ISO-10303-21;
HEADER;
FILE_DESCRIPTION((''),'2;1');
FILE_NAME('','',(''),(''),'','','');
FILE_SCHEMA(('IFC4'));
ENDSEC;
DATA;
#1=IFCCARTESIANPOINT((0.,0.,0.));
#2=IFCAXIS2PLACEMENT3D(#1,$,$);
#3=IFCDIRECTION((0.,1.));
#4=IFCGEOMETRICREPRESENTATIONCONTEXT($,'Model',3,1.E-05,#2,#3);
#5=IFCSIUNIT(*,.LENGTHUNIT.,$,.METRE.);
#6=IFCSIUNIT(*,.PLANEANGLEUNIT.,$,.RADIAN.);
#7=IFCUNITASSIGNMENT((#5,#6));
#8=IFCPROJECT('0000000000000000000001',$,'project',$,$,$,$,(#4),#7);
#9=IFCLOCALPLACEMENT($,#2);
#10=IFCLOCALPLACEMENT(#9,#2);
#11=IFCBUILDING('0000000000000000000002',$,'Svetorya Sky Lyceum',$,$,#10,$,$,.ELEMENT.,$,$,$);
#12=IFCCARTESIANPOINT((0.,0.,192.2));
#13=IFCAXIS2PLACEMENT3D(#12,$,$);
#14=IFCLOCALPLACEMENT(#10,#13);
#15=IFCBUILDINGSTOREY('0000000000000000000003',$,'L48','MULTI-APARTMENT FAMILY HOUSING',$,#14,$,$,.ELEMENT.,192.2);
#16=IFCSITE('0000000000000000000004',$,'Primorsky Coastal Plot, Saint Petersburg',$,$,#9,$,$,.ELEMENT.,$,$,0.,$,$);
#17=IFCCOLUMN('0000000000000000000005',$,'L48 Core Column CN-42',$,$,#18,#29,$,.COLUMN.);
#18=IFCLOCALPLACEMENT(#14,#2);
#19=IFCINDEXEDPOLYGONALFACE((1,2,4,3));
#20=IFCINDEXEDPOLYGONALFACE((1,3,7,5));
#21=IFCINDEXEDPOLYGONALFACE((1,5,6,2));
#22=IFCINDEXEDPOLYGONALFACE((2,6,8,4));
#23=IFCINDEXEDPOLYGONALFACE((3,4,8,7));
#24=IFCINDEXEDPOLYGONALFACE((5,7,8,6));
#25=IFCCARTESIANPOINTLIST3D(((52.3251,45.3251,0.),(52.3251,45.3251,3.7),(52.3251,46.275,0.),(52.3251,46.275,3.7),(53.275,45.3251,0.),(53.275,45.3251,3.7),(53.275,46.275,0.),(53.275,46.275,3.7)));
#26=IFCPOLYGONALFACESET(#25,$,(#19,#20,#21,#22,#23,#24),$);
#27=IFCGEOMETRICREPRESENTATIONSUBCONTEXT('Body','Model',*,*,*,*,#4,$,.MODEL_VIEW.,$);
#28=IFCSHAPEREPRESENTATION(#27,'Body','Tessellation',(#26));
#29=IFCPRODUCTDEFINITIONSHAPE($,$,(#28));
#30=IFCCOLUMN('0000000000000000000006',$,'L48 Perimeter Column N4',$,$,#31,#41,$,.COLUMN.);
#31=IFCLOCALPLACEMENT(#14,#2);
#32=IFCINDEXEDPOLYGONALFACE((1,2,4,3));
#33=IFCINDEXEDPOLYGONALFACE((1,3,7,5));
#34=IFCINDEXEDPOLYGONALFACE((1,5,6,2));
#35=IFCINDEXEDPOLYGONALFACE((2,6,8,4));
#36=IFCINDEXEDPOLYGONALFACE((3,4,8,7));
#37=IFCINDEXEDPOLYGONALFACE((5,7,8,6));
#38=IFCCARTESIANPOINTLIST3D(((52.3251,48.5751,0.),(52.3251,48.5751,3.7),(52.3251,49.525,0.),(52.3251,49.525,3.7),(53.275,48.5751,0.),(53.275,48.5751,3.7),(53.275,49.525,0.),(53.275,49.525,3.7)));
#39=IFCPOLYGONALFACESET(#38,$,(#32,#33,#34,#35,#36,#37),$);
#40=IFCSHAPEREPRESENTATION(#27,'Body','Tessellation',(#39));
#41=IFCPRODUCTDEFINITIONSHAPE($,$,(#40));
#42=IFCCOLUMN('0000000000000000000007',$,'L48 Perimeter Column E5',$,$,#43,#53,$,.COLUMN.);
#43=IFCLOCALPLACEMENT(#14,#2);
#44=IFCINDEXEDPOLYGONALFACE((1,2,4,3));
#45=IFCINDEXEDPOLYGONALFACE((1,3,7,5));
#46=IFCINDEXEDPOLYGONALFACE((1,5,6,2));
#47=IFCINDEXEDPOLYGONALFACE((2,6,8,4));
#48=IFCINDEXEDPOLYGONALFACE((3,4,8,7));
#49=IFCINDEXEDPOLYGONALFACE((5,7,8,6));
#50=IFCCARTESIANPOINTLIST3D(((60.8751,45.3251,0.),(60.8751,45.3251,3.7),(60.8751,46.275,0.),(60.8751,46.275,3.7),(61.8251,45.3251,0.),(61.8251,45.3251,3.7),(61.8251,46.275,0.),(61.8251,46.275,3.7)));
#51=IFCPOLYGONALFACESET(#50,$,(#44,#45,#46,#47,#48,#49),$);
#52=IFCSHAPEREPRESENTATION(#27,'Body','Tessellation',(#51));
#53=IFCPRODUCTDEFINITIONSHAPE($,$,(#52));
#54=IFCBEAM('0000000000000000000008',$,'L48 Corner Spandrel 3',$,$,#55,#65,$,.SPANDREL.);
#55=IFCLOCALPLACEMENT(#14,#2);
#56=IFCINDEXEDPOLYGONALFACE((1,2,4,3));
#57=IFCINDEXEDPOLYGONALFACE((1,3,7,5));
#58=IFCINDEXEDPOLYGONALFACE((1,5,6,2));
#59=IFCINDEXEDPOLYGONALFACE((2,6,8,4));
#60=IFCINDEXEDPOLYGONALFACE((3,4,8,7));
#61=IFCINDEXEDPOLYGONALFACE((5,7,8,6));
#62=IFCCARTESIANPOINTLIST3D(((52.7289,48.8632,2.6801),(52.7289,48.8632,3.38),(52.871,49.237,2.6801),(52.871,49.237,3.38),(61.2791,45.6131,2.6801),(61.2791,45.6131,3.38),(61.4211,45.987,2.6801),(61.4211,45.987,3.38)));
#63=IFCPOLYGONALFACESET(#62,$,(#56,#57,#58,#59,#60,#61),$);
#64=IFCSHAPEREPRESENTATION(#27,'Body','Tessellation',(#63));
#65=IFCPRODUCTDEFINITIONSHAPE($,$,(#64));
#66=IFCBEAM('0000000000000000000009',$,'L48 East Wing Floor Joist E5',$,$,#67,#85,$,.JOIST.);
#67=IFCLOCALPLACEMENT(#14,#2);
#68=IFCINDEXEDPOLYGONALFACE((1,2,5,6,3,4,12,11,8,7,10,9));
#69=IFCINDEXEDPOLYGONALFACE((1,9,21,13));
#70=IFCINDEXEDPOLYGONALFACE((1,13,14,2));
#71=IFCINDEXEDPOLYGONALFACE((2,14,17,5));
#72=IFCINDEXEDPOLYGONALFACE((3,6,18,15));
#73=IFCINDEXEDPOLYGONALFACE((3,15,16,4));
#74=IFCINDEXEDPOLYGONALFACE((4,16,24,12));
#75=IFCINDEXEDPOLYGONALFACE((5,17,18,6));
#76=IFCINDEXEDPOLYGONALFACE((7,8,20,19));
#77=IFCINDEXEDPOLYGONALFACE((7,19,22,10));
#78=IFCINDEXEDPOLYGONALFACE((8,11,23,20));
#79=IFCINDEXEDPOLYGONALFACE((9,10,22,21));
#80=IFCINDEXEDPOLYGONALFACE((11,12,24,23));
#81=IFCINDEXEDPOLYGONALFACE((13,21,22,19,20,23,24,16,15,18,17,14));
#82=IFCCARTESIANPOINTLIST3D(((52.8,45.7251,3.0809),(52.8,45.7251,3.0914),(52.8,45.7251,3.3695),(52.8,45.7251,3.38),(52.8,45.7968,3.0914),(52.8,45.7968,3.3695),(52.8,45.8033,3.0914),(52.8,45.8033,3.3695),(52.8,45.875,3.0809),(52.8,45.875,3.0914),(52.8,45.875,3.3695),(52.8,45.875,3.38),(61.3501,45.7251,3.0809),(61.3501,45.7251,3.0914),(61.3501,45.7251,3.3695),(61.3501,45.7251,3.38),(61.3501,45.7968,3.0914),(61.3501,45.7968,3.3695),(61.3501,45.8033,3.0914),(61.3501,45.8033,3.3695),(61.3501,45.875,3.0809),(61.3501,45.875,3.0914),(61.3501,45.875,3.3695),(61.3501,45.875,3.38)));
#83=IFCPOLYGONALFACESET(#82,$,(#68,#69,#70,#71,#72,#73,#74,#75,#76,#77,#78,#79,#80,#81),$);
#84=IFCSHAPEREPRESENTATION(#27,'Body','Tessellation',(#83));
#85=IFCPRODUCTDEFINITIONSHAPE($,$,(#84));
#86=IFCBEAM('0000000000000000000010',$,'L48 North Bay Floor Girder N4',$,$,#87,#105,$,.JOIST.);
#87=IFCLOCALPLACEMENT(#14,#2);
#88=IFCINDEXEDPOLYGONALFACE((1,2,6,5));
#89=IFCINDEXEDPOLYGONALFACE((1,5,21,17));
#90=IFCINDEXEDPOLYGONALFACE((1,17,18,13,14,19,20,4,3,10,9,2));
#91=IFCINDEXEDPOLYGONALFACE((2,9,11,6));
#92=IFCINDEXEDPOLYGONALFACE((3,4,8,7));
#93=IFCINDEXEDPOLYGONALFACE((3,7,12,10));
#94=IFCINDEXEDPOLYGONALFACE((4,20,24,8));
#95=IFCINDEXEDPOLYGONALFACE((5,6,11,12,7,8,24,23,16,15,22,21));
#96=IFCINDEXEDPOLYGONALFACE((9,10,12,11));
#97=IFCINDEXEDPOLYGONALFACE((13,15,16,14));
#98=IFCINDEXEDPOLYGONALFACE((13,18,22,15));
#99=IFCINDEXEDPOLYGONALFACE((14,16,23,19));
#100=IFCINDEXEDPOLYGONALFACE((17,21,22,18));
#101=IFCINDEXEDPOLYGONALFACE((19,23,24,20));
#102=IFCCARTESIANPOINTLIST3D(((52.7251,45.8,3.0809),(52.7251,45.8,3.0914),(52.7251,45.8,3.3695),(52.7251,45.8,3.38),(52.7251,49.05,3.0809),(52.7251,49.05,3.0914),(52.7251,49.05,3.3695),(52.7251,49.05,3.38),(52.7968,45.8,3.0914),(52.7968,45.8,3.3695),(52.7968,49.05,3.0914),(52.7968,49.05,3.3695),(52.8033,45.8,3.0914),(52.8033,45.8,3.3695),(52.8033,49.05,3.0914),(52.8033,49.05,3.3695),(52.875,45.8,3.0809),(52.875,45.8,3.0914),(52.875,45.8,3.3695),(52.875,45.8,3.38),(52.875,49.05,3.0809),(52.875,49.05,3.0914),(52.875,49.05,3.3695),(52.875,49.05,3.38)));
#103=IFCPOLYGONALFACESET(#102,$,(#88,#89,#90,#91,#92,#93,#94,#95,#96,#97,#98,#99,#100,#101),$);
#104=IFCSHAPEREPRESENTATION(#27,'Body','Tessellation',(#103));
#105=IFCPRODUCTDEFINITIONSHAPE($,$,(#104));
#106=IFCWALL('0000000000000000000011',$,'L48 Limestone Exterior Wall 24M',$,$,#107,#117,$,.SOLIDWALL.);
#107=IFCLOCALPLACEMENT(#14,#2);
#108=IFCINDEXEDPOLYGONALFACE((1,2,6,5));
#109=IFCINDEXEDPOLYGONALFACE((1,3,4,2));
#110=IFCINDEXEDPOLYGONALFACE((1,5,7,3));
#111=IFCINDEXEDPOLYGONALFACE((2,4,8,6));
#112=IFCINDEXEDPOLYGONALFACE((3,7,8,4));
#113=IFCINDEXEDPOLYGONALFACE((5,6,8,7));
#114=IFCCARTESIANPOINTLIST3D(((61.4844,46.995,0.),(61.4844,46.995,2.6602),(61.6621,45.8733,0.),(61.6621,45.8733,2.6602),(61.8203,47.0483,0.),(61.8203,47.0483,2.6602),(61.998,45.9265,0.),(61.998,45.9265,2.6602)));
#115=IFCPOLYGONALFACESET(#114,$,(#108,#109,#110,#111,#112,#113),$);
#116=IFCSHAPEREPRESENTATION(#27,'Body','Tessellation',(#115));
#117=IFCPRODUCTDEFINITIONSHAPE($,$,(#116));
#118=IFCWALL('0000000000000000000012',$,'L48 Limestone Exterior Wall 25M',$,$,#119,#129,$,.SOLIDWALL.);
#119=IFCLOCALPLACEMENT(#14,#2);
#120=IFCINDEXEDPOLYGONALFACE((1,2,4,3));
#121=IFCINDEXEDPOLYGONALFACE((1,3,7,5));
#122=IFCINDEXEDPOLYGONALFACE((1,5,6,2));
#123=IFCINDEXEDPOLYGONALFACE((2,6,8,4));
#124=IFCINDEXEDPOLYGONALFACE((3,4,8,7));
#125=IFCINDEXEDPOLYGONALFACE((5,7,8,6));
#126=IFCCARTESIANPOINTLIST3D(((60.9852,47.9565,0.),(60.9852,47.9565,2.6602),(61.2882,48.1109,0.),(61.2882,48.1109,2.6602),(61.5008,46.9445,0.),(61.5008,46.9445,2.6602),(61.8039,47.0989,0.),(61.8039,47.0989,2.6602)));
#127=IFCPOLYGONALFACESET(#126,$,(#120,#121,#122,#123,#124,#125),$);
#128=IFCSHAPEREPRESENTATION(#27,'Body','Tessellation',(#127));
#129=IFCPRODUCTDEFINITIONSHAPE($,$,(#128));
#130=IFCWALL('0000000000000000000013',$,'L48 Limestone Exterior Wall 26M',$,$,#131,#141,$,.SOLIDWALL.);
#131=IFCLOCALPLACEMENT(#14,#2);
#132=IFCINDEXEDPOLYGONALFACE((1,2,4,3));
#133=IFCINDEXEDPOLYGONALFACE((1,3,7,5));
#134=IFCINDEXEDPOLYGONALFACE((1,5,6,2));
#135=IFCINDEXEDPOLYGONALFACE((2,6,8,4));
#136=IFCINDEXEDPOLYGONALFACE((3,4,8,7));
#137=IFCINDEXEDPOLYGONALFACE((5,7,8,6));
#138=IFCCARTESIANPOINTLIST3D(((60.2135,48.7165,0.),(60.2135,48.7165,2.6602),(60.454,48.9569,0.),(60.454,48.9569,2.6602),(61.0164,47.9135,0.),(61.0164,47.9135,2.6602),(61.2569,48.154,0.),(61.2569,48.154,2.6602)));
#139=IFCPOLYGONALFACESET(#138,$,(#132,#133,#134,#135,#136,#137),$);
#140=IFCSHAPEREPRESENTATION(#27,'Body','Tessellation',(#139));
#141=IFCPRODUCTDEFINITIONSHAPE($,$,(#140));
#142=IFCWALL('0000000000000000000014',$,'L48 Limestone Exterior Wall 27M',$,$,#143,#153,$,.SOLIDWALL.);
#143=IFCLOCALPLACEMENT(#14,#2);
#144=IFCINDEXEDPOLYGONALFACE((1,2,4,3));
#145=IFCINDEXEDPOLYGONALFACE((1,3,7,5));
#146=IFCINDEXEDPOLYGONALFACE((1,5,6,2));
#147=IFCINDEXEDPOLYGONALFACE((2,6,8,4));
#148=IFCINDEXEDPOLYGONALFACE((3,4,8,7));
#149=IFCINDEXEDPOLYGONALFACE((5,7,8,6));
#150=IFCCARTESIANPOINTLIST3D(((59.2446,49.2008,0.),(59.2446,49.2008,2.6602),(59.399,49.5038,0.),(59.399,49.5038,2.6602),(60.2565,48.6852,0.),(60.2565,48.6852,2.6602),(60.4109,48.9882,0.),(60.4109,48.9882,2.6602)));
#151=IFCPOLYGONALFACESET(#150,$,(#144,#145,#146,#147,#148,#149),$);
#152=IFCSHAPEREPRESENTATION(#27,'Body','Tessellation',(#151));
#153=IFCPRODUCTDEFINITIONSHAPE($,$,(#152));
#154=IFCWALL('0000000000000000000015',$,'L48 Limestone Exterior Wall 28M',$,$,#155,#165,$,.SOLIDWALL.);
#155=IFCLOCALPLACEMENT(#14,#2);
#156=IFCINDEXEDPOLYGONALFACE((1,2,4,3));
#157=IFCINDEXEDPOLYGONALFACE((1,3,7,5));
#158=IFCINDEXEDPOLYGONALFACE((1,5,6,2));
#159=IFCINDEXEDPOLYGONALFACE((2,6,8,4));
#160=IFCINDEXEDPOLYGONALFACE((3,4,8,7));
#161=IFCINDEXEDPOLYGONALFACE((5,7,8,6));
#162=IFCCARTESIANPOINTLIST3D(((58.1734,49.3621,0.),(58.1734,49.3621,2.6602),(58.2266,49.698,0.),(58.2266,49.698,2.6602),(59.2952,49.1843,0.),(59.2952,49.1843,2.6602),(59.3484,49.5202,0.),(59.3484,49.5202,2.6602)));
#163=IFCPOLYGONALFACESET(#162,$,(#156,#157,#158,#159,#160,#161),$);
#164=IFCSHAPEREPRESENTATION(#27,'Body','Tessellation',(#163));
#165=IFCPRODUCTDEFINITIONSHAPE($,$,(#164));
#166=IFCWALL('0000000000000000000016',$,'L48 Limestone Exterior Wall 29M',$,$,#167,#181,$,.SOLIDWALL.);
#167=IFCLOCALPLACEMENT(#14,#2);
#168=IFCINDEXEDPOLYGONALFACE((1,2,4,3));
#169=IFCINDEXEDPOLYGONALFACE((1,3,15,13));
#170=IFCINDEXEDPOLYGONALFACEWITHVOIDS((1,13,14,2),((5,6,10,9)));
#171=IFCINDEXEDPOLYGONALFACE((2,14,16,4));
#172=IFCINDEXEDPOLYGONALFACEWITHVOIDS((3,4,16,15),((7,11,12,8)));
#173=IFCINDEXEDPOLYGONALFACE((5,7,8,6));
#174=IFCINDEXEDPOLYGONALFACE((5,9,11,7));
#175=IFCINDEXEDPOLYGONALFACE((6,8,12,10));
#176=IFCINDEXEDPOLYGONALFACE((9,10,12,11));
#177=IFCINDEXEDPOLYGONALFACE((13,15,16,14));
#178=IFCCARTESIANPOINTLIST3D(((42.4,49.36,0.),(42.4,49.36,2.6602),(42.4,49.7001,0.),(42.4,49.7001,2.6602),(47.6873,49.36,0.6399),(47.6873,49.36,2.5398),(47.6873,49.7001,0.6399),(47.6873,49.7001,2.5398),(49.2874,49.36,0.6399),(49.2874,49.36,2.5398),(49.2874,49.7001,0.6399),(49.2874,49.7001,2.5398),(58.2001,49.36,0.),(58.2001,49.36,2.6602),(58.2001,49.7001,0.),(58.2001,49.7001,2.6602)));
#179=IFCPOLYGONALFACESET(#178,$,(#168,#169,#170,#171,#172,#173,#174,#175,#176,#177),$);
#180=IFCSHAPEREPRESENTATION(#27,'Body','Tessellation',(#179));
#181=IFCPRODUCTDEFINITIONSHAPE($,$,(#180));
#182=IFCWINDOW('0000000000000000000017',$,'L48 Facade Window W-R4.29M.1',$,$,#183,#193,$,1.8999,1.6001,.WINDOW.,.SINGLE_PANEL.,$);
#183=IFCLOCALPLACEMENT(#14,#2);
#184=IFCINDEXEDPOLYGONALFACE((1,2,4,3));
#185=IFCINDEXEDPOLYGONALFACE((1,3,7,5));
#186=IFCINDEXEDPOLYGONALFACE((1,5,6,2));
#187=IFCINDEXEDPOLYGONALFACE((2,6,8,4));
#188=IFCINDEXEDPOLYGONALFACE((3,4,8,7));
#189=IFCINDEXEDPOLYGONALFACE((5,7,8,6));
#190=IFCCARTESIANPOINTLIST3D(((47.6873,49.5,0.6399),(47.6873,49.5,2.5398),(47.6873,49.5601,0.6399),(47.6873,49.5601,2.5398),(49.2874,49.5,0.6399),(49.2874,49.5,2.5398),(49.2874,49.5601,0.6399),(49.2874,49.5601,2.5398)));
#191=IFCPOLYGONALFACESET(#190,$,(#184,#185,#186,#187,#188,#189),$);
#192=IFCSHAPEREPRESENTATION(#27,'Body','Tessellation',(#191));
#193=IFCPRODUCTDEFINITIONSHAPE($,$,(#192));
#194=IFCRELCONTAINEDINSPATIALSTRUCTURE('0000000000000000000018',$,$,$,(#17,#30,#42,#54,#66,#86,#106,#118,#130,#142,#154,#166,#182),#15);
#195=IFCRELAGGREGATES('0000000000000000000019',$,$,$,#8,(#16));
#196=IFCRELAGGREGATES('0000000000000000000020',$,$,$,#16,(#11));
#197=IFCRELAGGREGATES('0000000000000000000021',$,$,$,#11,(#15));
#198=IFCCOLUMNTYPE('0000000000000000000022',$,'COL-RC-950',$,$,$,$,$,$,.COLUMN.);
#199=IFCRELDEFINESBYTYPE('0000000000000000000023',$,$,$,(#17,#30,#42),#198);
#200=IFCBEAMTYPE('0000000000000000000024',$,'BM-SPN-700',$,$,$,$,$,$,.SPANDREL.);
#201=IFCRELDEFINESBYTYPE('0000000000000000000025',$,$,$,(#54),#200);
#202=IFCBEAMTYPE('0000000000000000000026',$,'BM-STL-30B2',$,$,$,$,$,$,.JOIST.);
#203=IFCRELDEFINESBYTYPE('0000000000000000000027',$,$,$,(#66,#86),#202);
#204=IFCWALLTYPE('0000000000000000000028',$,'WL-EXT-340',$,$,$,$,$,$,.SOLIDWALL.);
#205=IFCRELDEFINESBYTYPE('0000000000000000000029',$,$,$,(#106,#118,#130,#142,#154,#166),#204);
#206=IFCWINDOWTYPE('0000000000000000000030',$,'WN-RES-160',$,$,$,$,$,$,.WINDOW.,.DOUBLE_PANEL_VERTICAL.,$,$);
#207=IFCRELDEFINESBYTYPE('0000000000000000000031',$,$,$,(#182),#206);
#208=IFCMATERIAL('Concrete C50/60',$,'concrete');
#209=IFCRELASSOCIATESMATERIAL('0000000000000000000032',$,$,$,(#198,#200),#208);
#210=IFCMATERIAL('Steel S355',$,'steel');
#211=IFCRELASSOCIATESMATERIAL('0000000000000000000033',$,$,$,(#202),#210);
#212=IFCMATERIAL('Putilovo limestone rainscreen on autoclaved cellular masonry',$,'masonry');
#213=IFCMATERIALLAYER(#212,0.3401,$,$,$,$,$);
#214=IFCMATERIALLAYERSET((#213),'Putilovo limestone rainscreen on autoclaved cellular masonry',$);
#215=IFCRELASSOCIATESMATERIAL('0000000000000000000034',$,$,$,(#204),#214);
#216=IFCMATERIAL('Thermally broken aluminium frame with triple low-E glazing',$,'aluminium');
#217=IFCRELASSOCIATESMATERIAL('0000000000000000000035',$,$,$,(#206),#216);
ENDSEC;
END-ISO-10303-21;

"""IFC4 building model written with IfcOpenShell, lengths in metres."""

from ifc_helpers import new_model, si_unit, direction, frame, frame_2d, origin, origin_2d, place, context, subcontext, project, spatial, rectangle, i_section, extrude, material, layer, layer_set, material_profile, profile_set, type_object, element, fill, save


model = new_model("IFC4")

# Units and contexts
model_context = context("Model", 3, precision=1e-05, world=origin(), true_north=direction((0.0, 1.0)))
body_context = subcontext(model_context, "Body", "Model", "MODEL_VIEW")
ifc_project = project(units=[si_unit("LENGTHUNIT", "METRE"), si_unit("PLANEANGLEUNIT", "RADIAN")], contexts=[model_context])

# Site, building, storey
site_placement = place(None, origin())
site = spatial("IfcSite", under=ifc_project, at=site_placement, Name="Primorsky Coastal Plot, Saint Petersburg", CompositionType="ELEMENT", RefElevation=0.0)
building_placement = place(site_placement, origin())
building = spatial("IfcBuilding", under=site, at=building_placement, Name="Svetorya Sky Lyceum", CompositionType="ELEMENT")
storey_placement = place(building_placement, frame((0.0, 0.0, 192.2)))
storey = spatial("IfcBuildingStorey", under=building, at=storey_placement, Name="L48", Description="MULTI-APARTMENT FAMILY HOUSING", CompositionType="ELEMENT", Elevation=192.2)

# Columns
ifc_material_1 = material(Name="Concrete C50/60", Category="concrete")
ifc_material_profile_1 = material_profile(ifc_material_1, rectangle(XDim=0.95, YDim=0.95, at=origin_2d()), Name="RC COL 950x950")
ifc_profile_set_1 = profile_set([ifc_material_profile_1], Name="Concrete C50/60")
column_type = type_object("IfcColumnType", Name="COL-RC-950", PredefinedType="COLUMN", material=ifc_profile_set_1)
for number, where, z_axis, x_axis, name in (
    (1, (52.8, 45.8, 0.0), (0.0, 0.0, 1.0), (1.0, 0.0, 0.0), "L48 Core Column CN-42"),
    (2, (52.8, 49.05, 0.0), (0.0, 0.0, 1.0), (1.0, 0.0, 0.0), "L48 Perimeter Column N4"),
    (3, (61.3501, 45.8, 0.0), (0.0, 0.0, 1.0), (1.0, 0.0, 0.0), "L48 Perimeter Column E5"),
):
    element("IfcColumn", number, at=place(storey_placement, frame(where, z_axis=z_axis, x_axis=x_axis)), inside=storey, type_object=column_type, Name=name, PredefinedType="COLUMN", context=body_context, shape_type="SweptSolid", body=[
        extrude(rectangle(XDim=0.95, YDim=0.95, at=origin_2d()), origin(), (0.0, 0.0, 1.0), 3.7),
    ])

# Beams
ifc_material_profile_2 = material_profile(ifc_material_1, rectangle(XDim=0.3999, YDim=0.7, at=origin_2d()), Name="RC SPANDREL 400x700")
ifc_profile_set_2 = profile_set([ifc_material_profile_2], Name="Concrete C50/60")
beam_type_1 = type_object("IfcBeamType", Name="BM-SPN-700", PredefinedType="SPANDREL", material=ifc_profile_set_2)
beam_1_placement = place(storey_placement, frame((61.3501, 45.8, 3.03), z_axis=(-0.934748, 0.355312, 0.0), x_axis=(-0.355312, -0.934748, 0.0)))
element("IfcBeam", 4, at=beam_1_placement, inside=storey, type_object=beam_type_1, Name="L48 Corner Spandrel 3", PredefinedType="SPANDREL", context=body_context, shape_type="SweptSolid", body=[
    extrude(rectangle(XDim=0.3999, YDim=0.7, at=origin_2d()), origin(), (0.0, 0.0, 1.0), 9.147),
])
ifc_material_2 = material(Name="Steel S355", Category="steel")
ifc_material_profile_3 = material_profile(ifc_material_2, i_section(OverallWidth=0.1499, OverallDepth=0.2991, WebThickness=0.0066, FlangeThickness=0.0105, at=origin_2d()), Name="GOST 30B2")
ifc_profile_set_3 = profile_set([ifc_material_profile_3], Name="Steel S355")
beam_type_2 = type_object("IfcBeamType", Name="BM-STL-30B2", PredefinedType="JOIST", material=ifc_profile_set_3)
beam_2_placement = place(storey_placement, frame((52.8, 45.8, 3.2305), z_axis=(1.0, 0.0, 0.0), x_axis=(0.0, 1.0, 0.0)))
element("IfcBeam", 5, at=beam_2_placement, inside=storey, type_object=beam_type_2, Name="L48 East Wing Floor Joist E5", PredefinedType="JOIST", context=body_context, shape_type="SweptSolid", body=[
    extrude(i_section(OverallWidth=0.1499, OverallDepth=0.2991, WebThickness=0.0066, FlangeThickness=0.0105, at=origin_2d()), origin(), (0.0, 0.0, 1.0), 8.55),
])
beam_3_placement = place(storey_placement, frame((52.8, 45.8, 3.2305), z_axis=(0.0, 1.0, 0.0), x_axis=(-1.0, 0.0, 0.0)))
element("IfcBeam", 6, at=beam_3_placement, inside=storey, type_object=beam_type_2, Name="L48 North Bay Floor Girder N4", PredefinedType="JOIST", context=body_context, shape_type="SweptSolid", body=[
    extrude(i_section(OverallWidth=0.1499, OverallDepth=0.2991, WebThickness=0.0066, FlangeThickness=0.0105, at=origin_2d()), origin(), (0.0, 0.0, 1.0), 3.25),
])

# Walls
ifc_material_3 = material(Name="Putilovo limestone rainscreen on autoclaved cellular masonry", Category="masonry")
ifc_layer_1 = layer(ifc_material_3, 0.3401)
ifc_layer_set_1 = layer_set([ifc_layer_1], Name="Putilovo limestone rainscreen on autoclaved cellular masonry")
wall_type_1 = type_object("IfcWallType", Name="WL-EXT-340", PredefinedType="SOLIDWALL", material=ifc_layer_set_1)
for number, where, z_axis, x_axis, name in (
    (7, (61.8301, 45.8999, 0.0), (0.0, 0.0, 1.0), (-0.156481, 0.987681, 0.0), "L48 Limestone Exterior Wall 24M"),
    (8, (61.6523, 47.0217, 0.0), (0.0, 0.0, 1.0), (-0.453993, 0.891005, 0.0), "L48 Limestone Exterior Wall 25M"),
):
    element("IfcWall", number, at=place(storey_placement, frame(where, z_axis=z_axis, x_axis=x_axis)), inside=storey, type_object=wall_type_1, Name=name, PredefinedType="SOLIDWALL", context=body_context, shape_type="SweptSolid", body=[
        extrude(rectangle(XDim=1.1357, YDim=0.3401, at=frame_2d((0.5679, 0.0))), origin(), (0.0, 0.0, 1.0), 2.6602),
    ])
wall_1_placement = place(storey_placement, frame((61.1367, 48.0337, 0.0), z_axis=(0.0, 0.0, 1.0), x_axis=(-0.707107, 0.707107, 0.0)))
element("IfcWall", 9, at=wall_1_placement, inside=storey, type_object=wall_type_1, Name="L48 Limestone Exterior Wall 26M", PredefinedType="SOLIDWALL", context=body_context, shape_type="SweptSolid", body=[
    extrude(rectangle(XDim=1.1355, YDim=0.3401, at=frame_2d((0.5679, 0.0))), origin(), (0.0, 0.0, 1.0), 2.6602),
])
for number, where, z_axis, x_axis, name in (
    (10, (60.3337, 48.8367, 0.0), (0.0, 0.0, 1.0), (-0.891005, 0.453993, 0.0), "L48 Limestone Exterior Wall 27M"),
    (11, (59.3218, 49.3523, 0.0), (0.0, 0.0, 1.0), (-0.987681, 0.156481, 0.0), "L48 Limestone Exterior Wall 28M"),
):
    element("IfcWall", number, at=place(storey_placement, frame(where, z_axis=z_axis, x_axis=x_axis)), inside=storey, type_object=wall_type_1, Name=name, PredefinedType="SOLIDWALL", context=body_context, shape_type="SweptSolid", body=[
        extrude(rectangle(XDim=1.1357, YDim=0.3401, at=frame_2d((0.5679, 0.0))), origin(), (0.0, 0.0, 1.0), 2.6602),
    ])

# Wall, opening, window
wall_2_placement = place(storey_placement, frame((58.2, 49.53, 0.0), z_axis=(0.0, 0.0, 1.0), x_axis=(-1.0, 0.0, 0.0)))
wall_2 = element("IfcWall", 12, at=wall_2_placement, inside=storey, type_object=wall_type_1, Name="L48 Limestone Exterior Wall 29M", PredefinedType="SOLIDWALL", context=body_context, shape_type="SweptSolid", body=[
    extrude(rectangle(XDim=15.8, YDim=0.3401, at=frame_2d((7.8999, 0.0))), origin(), (0.0, 0.0, 1.0), 2.6602),
])
opening_1_placement = place(wall_2_placement, frame((8.9126, 0.0, 0.6399)))
opening_1 = element("IfcOpeningElement", 13, at=opening_1_placement, cuts=wall_2, PredefinedType="OPENING", context=body_context, shape_type="SweptSolid", body=[
    extrude(rectangle(XDim=1.6001, YDim=1.8999, at=frame_2d((0.8, 0.95))), frame((0.0, 0.1799, 0.0), z_axis=(0.0, -1.0, 0.0), x_axis=(1.0, 0.0, 0.0)), (0.0, 0.0, 1.0), 0.3601),
])
ifc_material_4 = material(Name="Thermally broken aluminium frame with triple low-E glazing", Category="aluminium")
window_type = type_object("IfcWindowType", Name="WN-RES-160", PartitioningType="DOUBLE_PANEL_VERTICAL", PredefinedType="WINDOW", material=ifc_material_4)
window_placement = place(opening_1_placement, origin())
window = element("IfcWindow", 14, at=window_placement, inside=storey, type_object=window_type, Name="L48 Facade Window W-R4.29M.1", OverallHeight=1.8999, OverallWidth=1.6001, PartitioningType="SINGLE_PANEL", PredefinedType="WINDOW", context=body_context, shape_type="SweptSolid", body=[
    extrude(rectangle(XDim=1.6001, YDim=1.8999, at=frame_2d((0.8, 0.95))), frame((0.0, 0.03, 0.0), z_axis=(0.0, -1.0, 0.0), x_axis=(1.0, 0.0, 0.0)), (0.0, 0.0, 1.0), 0.0601),
])
fill(opening_1, window)

save(model, "model.ifc")
